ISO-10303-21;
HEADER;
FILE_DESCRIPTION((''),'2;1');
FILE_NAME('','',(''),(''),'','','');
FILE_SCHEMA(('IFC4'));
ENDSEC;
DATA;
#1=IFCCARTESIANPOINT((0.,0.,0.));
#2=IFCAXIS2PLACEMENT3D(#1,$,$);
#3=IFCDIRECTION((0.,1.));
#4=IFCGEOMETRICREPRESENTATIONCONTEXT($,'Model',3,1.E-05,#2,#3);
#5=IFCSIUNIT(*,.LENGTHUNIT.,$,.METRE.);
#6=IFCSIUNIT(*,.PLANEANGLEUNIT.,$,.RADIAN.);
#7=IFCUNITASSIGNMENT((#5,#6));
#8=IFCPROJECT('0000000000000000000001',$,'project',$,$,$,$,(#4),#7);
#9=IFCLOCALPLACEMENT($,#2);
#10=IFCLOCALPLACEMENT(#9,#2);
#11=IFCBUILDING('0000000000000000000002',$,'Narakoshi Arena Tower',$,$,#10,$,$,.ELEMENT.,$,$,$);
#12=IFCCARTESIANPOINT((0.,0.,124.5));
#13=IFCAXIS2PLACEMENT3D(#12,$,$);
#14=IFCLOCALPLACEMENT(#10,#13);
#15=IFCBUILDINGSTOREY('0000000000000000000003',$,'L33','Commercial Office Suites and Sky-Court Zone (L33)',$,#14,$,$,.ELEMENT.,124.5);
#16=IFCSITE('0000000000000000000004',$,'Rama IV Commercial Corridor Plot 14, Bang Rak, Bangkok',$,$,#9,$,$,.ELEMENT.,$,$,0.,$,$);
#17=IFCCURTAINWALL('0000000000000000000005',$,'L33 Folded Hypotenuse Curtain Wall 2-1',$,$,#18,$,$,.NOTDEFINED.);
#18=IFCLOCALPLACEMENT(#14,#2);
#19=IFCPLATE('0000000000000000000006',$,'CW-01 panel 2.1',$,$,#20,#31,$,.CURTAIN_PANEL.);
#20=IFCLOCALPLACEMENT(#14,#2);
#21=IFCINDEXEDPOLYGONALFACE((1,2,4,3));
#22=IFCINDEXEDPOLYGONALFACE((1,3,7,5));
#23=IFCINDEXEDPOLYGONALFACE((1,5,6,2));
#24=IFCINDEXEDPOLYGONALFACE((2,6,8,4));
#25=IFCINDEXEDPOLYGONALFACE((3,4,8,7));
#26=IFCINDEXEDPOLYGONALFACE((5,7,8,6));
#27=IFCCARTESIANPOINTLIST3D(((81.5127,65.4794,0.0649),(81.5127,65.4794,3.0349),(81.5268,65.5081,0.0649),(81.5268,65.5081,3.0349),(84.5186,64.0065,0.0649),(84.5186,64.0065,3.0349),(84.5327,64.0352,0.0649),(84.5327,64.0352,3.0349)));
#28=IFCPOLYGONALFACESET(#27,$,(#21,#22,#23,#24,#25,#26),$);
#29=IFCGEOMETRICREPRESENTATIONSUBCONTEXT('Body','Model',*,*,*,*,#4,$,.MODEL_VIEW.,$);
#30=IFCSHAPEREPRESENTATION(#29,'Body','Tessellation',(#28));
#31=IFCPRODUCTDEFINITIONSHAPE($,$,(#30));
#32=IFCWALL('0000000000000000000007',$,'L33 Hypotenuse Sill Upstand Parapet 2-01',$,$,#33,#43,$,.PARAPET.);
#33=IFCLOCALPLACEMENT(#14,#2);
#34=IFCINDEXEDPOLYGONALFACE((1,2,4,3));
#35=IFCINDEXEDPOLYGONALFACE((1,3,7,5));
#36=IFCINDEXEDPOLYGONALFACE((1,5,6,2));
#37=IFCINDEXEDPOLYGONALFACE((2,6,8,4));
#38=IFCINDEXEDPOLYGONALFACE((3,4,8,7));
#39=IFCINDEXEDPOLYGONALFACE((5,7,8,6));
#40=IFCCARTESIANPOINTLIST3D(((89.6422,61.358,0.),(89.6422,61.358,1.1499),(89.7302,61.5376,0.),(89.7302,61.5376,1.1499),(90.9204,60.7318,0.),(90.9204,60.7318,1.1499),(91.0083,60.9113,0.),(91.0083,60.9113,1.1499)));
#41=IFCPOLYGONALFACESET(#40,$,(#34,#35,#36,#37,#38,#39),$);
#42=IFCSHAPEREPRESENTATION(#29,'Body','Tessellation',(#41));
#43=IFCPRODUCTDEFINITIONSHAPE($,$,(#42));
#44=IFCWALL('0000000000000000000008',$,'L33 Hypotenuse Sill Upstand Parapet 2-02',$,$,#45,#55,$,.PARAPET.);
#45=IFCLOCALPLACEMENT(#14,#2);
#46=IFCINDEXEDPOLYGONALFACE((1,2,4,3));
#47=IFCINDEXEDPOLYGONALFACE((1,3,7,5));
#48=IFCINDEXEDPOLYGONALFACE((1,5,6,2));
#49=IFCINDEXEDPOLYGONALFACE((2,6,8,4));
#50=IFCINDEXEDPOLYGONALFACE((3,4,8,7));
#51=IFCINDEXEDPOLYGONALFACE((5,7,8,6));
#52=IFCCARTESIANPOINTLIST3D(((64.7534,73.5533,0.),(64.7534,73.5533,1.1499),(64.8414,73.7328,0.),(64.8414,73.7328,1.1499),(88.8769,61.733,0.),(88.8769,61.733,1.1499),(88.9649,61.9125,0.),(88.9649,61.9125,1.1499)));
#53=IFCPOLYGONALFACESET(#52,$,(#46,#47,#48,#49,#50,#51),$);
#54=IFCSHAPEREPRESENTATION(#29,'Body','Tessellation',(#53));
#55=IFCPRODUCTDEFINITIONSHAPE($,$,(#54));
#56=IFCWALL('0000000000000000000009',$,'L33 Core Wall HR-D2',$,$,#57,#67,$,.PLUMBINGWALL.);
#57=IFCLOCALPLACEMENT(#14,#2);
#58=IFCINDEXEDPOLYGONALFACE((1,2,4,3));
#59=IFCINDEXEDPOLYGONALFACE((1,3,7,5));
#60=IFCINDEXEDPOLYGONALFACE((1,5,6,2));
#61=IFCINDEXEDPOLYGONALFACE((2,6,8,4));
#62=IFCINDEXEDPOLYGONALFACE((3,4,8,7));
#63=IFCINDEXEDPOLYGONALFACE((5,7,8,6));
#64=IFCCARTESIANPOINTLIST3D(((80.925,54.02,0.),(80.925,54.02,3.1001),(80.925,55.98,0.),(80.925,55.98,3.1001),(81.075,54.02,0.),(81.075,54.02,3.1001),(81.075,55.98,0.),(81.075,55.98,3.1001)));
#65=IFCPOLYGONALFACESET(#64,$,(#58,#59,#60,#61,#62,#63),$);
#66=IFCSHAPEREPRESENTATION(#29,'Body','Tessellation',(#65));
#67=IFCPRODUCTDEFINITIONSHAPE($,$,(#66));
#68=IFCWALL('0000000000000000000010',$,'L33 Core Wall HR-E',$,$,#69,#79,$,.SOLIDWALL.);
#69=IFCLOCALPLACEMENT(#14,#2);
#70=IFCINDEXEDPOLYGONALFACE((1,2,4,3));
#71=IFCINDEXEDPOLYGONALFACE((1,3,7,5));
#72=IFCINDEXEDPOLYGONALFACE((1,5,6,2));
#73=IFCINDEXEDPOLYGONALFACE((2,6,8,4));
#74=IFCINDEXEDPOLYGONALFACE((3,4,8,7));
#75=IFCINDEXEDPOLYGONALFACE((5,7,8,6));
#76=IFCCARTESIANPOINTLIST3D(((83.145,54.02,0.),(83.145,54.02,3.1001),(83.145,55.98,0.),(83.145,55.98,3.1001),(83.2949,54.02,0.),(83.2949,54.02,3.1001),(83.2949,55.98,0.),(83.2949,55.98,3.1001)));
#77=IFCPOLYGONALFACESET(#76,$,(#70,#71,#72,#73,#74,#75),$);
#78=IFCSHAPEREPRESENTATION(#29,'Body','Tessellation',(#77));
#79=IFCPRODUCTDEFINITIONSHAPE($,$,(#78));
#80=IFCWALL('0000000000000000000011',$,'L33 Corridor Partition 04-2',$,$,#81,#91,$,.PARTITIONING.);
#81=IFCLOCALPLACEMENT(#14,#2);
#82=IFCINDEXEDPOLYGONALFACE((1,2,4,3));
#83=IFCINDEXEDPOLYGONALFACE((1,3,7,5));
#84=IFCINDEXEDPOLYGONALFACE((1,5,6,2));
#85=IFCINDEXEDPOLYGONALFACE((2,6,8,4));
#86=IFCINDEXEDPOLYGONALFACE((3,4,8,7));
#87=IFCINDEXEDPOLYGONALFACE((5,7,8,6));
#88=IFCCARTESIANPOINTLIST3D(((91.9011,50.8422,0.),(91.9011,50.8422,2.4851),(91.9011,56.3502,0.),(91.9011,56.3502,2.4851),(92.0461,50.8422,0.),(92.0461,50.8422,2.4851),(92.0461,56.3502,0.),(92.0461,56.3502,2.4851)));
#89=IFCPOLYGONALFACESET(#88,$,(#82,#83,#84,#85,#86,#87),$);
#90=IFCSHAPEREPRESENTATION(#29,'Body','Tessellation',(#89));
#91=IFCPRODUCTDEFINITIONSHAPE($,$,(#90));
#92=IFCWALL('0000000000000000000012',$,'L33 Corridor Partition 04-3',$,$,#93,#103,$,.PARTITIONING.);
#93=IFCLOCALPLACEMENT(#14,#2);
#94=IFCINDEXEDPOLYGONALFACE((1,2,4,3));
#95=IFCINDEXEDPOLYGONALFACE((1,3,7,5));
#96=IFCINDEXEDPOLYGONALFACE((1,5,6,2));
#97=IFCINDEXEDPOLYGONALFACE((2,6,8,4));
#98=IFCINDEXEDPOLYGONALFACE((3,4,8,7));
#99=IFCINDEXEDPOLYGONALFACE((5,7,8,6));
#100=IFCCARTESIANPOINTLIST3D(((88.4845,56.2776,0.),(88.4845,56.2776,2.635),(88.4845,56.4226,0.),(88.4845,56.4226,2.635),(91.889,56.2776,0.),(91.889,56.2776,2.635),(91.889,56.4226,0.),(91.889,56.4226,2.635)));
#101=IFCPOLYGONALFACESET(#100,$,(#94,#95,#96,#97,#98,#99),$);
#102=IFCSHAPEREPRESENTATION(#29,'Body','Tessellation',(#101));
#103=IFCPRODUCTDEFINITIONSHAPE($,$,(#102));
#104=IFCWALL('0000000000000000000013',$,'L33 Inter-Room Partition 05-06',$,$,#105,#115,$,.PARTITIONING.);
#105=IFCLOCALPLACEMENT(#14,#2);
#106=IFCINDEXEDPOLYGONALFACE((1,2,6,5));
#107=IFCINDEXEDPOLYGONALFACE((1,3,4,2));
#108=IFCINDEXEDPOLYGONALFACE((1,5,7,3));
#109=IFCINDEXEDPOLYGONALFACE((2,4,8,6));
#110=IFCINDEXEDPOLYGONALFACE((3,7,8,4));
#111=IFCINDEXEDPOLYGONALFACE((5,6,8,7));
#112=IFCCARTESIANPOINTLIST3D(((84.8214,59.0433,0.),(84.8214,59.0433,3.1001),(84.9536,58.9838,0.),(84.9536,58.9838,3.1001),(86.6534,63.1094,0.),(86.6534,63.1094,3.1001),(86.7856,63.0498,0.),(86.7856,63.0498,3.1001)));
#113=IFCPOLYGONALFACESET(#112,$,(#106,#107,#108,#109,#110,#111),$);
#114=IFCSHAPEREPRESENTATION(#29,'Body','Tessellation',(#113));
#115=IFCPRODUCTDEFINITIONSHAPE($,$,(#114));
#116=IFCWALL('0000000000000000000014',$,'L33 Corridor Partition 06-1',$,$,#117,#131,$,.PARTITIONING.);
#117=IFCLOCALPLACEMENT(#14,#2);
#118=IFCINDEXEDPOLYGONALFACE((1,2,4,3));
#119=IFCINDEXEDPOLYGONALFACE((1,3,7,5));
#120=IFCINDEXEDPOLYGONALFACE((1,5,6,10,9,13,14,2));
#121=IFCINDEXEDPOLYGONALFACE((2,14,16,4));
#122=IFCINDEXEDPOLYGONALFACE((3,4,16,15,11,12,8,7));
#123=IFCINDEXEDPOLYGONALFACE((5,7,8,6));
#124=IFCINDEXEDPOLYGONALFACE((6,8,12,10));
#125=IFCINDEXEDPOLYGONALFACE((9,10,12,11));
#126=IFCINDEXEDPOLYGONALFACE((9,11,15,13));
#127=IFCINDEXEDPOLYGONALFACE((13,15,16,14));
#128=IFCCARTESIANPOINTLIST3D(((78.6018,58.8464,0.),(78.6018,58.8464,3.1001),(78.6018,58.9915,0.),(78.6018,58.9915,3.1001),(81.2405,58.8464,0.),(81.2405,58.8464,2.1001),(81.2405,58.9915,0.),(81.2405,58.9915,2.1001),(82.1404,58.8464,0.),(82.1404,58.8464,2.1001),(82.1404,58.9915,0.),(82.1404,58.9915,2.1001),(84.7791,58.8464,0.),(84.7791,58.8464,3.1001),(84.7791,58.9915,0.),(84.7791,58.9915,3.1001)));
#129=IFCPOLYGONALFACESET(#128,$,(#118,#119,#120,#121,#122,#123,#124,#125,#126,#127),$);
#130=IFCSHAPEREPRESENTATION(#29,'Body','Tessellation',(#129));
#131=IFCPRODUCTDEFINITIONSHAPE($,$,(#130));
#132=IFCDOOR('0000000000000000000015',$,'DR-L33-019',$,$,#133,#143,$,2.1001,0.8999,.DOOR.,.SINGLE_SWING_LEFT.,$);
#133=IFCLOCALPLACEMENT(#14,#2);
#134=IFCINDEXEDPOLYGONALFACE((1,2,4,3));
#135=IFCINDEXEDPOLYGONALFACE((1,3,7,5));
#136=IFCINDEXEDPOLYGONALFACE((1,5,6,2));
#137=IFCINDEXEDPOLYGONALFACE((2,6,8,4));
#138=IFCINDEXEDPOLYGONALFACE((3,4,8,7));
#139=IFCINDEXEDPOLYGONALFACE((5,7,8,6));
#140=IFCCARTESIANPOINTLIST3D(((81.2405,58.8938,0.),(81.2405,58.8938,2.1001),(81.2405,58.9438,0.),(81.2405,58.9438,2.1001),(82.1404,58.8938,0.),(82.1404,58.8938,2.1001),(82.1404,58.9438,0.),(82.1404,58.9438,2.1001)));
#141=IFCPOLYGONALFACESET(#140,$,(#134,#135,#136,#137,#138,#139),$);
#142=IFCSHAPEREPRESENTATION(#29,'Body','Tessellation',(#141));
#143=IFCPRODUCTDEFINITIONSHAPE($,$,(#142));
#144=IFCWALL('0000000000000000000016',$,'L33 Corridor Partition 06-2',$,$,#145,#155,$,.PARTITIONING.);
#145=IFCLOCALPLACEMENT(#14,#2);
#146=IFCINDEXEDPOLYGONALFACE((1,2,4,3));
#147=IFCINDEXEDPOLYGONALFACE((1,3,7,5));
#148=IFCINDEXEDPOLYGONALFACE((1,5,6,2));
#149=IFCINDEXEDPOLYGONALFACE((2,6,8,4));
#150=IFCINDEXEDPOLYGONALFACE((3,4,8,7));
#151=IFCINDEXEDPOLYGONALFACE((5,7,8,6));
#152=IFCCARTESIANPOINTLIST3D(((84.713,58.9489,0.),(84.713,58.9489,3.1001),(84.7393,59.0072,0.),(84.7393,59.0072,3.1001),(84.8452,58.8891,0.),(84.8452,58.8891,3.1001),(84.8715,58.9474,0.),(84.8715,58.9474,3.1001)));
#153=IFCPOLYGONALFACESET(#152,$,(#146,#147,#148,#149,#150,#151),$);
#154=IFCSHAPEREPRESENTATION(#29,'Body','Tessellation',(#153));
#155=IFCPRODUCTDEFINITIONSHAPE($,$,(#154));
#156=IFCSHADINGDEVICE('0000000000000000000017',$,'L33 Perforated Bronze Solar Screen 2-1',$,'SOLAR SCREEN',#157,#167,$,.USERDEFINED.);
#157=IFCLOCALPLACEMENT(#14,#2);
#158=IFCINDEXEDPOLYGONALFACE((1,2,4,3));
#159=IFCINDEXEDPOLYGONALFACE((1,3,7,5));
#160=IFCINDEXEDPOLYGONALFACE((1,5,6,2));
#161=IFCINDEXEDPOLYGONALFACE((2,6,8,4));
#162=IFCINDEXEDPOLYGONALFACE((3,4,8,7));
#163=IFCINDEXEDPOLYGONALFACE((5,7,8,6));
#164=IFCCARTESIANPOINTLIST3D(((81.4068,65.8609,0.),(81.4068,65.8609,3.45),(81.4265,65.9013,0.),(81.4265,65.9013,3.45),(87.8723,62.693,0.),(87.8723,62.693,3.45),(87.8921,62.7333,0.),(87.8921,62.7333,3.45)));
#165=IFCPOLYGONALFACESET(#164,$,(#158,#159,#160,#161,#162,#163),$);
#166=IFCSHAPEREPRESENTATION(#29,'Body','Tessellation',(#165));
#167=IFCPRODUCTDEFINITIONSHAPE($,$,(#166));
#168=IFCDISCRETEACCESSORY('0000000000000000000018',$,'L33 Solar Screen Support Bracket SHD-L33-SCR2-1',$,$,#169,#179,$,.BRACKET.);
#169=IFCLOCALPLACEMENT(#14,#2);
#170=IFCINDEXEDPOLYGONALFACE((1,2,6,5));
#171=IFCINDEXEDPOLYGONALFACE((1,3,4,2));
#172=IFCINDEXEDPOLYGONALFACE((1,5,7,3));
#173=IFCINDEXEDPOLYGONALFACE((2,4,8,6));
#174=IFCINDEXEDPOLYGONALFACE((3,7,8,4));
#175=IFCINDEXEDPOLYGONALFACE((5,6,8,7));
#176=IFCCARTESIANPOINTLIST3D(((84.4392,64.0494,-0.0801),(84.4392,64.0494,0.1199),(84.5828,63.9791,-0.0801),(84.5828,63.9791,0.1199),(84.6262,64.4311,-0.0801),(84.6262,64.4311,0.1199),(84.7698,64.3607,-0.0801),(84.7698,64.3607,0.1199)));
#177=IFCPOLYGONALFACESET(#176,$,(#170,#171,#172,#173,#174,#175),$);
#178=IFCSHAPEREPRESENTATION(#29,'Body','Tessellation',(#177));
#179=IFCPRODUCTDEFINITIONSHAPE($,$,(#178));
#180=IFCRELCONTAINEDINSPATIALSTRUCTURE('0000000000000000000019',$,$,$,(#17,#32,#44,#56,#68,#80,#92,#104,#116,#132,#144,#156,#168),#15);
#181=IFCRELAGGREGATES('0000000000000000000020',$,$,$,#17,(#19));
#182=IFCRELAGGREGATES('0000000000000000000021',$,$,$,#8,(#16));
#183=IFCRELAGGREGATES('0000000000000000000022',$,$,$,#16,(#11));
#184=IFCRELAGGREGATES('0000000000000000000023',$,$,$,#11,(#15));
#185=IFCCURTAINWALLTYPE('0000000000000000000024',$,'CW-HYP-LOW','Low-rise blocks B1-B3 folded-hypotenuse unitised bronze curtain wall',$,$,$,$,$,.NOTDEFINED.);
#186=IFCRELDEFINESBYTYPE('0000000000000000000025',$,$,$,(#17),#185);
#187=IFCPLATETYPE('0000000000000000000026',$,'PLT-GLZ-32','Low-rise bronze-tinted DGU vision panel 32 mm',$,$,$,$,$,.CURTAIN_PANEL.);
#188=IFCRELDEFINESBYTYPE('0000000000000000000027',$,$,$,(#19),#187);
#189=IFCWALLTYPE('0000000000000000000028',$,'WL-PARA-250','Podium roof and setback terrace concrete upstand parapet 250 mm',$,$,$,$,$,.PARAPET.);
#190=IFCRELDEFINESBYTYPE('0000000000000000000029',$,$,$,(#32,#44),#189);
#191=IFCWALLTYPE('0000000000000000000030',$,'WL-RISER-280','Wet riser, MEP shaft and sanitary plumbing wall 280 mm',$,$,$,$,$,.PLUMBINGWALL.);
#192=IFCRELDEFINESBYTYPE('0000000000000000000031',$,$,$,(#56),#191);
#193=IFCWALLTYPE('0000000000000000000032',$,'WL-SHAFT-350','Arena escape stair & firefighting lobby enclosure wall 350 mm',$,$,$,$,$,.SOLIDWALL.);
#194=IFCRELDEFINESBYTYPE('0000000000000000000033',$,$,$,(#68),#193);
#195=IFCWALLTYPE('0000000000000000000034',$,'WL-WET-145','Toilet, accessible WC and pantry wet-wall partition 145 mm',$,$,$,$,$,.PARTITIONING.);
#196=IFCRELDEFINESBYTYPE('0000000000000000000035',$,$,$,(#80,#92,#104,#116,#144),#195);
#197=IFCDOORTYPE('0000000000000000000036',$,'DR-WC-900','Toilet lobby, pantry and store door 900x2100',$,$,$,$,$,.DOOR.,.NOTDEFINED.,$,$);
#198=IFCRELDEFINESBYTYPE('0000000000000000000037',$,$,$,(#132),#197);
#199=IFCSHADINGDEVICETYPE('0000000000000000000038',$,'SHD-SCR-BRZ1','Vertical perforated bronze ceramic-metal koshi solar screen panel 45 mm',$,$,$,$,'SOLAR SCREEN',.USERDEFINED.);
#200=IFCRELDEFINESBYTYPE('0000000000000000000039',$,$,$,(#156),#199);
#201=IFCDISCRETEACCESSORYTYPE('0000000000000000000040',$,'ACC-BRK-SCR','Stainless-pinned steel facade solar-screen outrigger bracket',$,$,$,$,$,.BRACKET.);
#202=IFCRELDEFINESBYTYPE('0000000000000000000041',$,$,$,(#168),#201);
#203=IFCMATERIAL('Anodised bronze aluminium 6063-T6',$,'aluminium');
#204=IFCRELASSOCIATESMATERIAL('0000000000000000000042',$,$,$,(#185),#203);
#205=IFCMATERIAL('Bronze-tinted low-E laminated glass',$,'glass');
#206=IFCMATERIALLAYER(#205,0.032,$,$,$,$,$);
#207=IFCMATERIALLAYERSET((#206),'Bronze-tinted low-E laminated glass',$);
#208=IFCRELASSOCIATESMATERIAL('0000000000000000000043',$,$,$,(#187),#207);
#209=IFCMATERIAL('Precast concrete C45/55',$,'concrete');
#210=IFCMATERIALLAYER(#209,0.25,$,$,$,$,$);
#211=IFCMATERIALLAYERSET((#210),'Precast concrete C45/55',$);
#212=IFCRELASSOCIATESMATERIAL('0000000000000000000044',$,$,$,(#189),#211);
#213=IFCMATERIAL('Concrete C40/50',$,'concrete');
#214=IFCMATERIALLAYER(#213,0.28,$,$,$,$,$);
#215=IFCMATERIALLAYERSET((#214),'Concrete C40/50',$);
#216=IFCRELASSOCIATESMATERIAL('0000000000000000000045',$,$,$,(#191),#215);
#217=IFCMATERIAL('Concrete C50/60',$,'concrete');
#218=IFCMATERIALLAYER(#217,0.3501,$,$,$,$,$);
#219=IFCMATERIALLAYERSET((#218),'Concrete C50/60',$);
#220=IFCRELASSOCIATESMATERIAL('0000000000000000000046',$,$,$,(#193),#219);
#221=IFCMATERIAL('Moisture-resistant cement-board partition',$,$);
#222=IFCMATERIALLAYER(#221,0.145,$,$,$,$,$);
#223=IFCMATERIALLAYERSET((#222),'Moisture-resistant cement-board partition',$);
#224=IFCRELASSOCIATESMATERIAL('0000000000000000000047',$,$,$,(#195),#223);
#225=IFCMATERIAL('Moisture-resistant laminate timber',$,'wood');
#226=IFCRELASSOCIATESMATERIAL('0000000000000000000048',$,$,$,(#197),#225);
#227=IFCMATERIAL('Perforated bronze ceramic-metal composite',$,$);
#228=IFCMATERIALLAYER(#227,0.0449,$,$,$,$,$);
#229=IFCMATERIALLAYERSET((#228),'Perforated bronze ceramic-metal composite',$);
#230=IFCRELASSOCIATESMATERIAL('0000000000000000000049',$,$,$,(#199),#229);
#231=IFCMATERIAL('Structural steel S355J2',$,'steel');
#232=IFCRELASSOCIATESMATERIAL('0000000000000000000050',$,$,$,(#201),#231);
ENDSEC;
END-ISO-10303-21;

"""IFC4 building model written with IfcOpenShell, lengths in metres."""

from ifc_helpers import new_model, si_unit, direction, frame, frame_2d, origin, origin_2d, place, context, subcontext, project, spatial, rectangle, extrude, material, layer, layer_set, type_object, element, fill, aggregate, save


model = new_model("IFC4")

# Units and contexts
model_context = context("Model", 3, precision=1e-05, world=origin(), true_north=direction((0.0, 1.0)))
body_context = subcontext(model_context, "Body", "Model", "MODEL_VIEW")
ifc_project = project(units=[si_unit("LENGTHUNIT", "METRE"), si_unit("PLANEANGLEUNIT", "RADIAN")], contexts=[model_context])

# Site, building, storey
site_placement = place(None, origin())
site = spatial("IfcSite", under=ifc_project, at=site_placement, Name="Rama IV Commercial Corridor Plot 14, Bang Rak, Bangkok", CompositionType="ELEMENT", RefElevation=0.0)
building_placement = place(site_placement, origin())
building = spatial("IfcBuilding", under=site, at=building_placement, Name="Narakoshi Arena Tower", CompositionType="ELEMENT")
storey_placement = place(building_placement, frame((0.0, 0.0, 124.5)))
storey = spatial("IfcBuildingStorey", under=building, at=storey_placement, Name="L33", Description="Commercial Office Suites and Sky-Court Zone (L33)", CompositionType="ELEMENT", Elevation=124.5)

# Shared definitions
ifc_material_1 = material(Name="Structural steel S355J2", Category="steel")

# Curtain wall, plate
ifc_material_2 = material(Name="Anodised bronze aluminium 6063-T6", Category="aluminium")
curtain_wall_type = type_object("IfcCurtainWallType", Name="CW-HYP-LOW", Description="Low-rise blocks B1-B3 folded-hypotenuse unitised bronze curtain wall", PredefinedType="NOTDEFINED", material=ifc_material_2)
curtain_wall_placement = place(storey_placement, origin())
curtain_wall = element("IfcCurtainWall", 1, at=curtain_wall_placement, inside=storey, type_object=curtain_wall_type, Name="L33 Folded Hypotenuse Curtain Wall 2-1", PredefinedType="NOTDEFINED")
ifc_material_3 = material(Name="Bronze-tinted low-E laminated glass", Category="glass")
ifc_layer_1 = layer(ifc_material_3, 0.032)
ifc_layer_set_1 = layer_set([ifc_layer_1], Name="Bronze-tinted low-E laminated glass")
plate_type = type_object("IfcPlateType", Name="PLT-GLZ-32", Description="Low-rise bronze-tinted DGU vision panel 32 mm", PredefinedType="CURTAIN_PANEL", material=ifc_layer_set_1)
plate_1_placement = place(storey_placement, frame((83.0227, 64.7573, 0.0649), z_axis=(0.0, 0.0, 1.0), x_axis=(-0.897996, 0.440005, 0.0)))
plate_1 = element("IfcPlate", 2, at=plate_1_placement, type_object=plate_type, Name="CW-01 panel 2.1", PredefinedType="CURTAIN_PANEL", context=body_context, shape_type="SweptSolid", body=[
    extrude(rectangle(XDim=3.3474, YDim=0.032, at=origin_2d()), origin(), (0.0, 0.0, 1.0), 2.97),
])
aggregate(curtain_wall, [plate_1])

# Walls
ifc_material_4 = material(Name="Precast concrete C45/55", Category="concrete")
ifc_layer_2 = layer(ifc_material_4, 0.25)
ifc_layer_set_2 = layer_set([ifc_layer_2], Name="Precast concrete C45/55")
wall_type_1 = type_object("IfcWallType", Name="WL-PARA-250", Description="Podium roof and setback terrace concrete upstand parapet 250 mm", PredefinedType="PARAPET", material=ifc_layer_set_2)
wall_1_placement = place(storey_placement, frame((90.9644, 60.8215, 0.0), z_axis=(0.0, 0.0, 1.0), x_axis=(-0.898, 0.439994, 0.0)))
element("IfcWall", 3, at=wall_1_placement, inside=storey, type_object=wall_type_1, Name="L33 Hypotenuse Sill Upstand Parapet 2-01", PredefinedType="PARAPET", context=body_context, shape_type="SweptSolid", body=[
    extrude(rectangle(XDim=1.4233, YDim=0.2, at=frame_2d((0.7117, 0.0))), origin(), (0.0, 0.0, 1.0), 1.1499),
])
wall_2_placement = place(storey_placement, frame((88.9209, 61.8228, 0.0), z_axis=(0.0, 0.0, 1.0), x_axis=(-0.897994, 0.440009, 0.0)))
element("IfcWall", 4, at=wall_2_placement, inside=storey, type_object=wall_type_1, Name="L33 Hypotenuse Sill Upstand Parapet 2-02", PredefinedType="PARAPET", context=body_context, shape_type="SweptSolid", body=[
    extrude(rectangle(XDim=26.8638, YDim=0.2, at=frame_2d((13.4319, 0.0))), origin(), (0.0, 0.0, 1.0), 1.1499),
])
ifc_material_5 = material(Name="Concrete C40/50", Category="concrete")
ifc_layer_3 = layer(ifc_material_5, 0.28)
ifc_layer_set_3 = layer_set([ifc_layer_3], Name="Concrete C40/50")
wall_type_2 = type_object("IfcWallType", Name="WL-RISER-280", Description="Wet riser, MEP shaft and sanitary plumbing wall 280 mm", PredefinedType="PLUMBINGWALL", material=ifc_layer_set_3)
wall_3_placement = place(storey_placement, frame((81.0, 54.02, 0.0), z_axis=(0.0, 0.0, 1.0), x_axis=(0.0, 1.0, 0.0)))
element("IfcWall", 5, at=wall_3_placement, inside=storey, type_object=wall_type_2, Name="L33 Core Wall HR-D2", PredefinedType="PLUMBINGWALL", context=body_context, shape_type="SweptSolid", body=[
    extrude(rectangle(XDim=1.96, YDim=0.1499, at=frame_2d((0.98, 0.0))), origin(), (0.0, 0.0, 1.0), 3.1001),
])
ifc_material_6 = material(Name="Concrete C50/60", Category="concrete")
ifc_layer_4 = layer(ifc_material_6, 0.3501)
ifc_layer_set_4 = layer_set([ifc_layer_4], Name="Concrete C50/60")
wall_type_3 = type_object("IfcWallType", Name="WL-SHAFT-350", Description="Arena escape stair & firefighting lobby enclosure wall 350 mm", PredefinedType="SOLIDWALL", material=ifc_layer_set_4)
wall_4_placement = place(storey_placement, frame((83.22, 54.02, 0.0), z_axis=(0.0, 0.0, 1.0), x_axis=(0.0, 1.0, 0.0)))
element("IfcWall", 6, at=wall_4_placement, inside=storey, type_object=wall_type_3, Name="L33 Core Wall HR-E", PredefinedType="SOLIDWALL", context=body_context, shape_type="SweptSolid", body=[
    extrude(rectangle(XDim=1.96, YDim=0.1499, at=frame_2d((0.98, 0.0))), origin(), (0.0, 0.0, 1.0), 3.1001),
])
ifc_material_7 = material(Name="Moisture-resistant cement-board partition")
ifc_layer_5 = layer(ifc_material_7, 0.145)
ifc_layer_set_5 = layer_set([ifc_layer_5], Name="Moisture-resistant cement-board partition")
wall_type_4 = type_object("IfcWallType", Name="WL-WET-145", Description="Toilet, accessible WC and pantry wet-wall partition 145 mm", PredefinedType="PARTITIONING", material=ifc_layer_set_5)
wall_5_placement = place(storey_placement, frame((91.9736, 56.3501, 0.0), z_axis=(0.0, 0.0, 1.0), x_axis=(0.0, -1.0, 0.0)))
element("IfcWall", 7, at=wall_5_placement, inside=storey, type_object=wall_type_4, Name="L33 Corridor Partition 04-2", PredefinedType="PARTITIONING", context=body_context, shape_type="SweptSolid", body=[
    extrude(rectangle(XDim=5.5081, YDim=0.145, at=frame_2d((2.7539, 0.0))), origin(), (0.0, 0.0, 1.0), 2.4851),
])
wall_6_placement = place(storey_placement, frame((88.4846, 56.3501, 0.0), z_axis=(0.0, 0.0, 1.0), x_axis=(1.0, 0.0, 0.0)))
element("IfcWall", 8, at=wall_6_placement, inside=storey, type_object=wall_type_4, Name="L33 Corridor Partition 04-3", PredefinedType="PARTITIONING", context=body_context, shape_type="SweptSolid", body=[
    extrude(rectangle(XDim=3.4045, YDim=0.145, at=frame_2d((1.7021, 0.0))), origin(), (0.0, 0.0, 1.0), 2.635),
])
wall_7_placement = place(storey_placement, frame((84.8875, 59.0134, 0.0), z_axis=(0.0, 0.0, 1.0), x_axis=(0.410786, 0.911732, 0.0)))
element("IfcWall", 9, at=wall_7_placement, inside=storey, type_object=wall_type_4, Name="L33 Inter-Room Partition 05-06", PredefinedType="PARTITIONING", context=body_context, shape_type="SweptSolid", body=[
    extrude(rectangle(XDim=4.4597, YDim=0.145, at=frame_2d((2.23, 0.0))), origin(), (0.0, 0.0, 1.0), 3.1001),
])

# Wall, opening, door
wall_8_placement = place(storey_placement, frame((84.7791, 58.9189, 0.0), z_axis=(0.0, 0.0, 1.0), x_axis=(-1.0, 0.0, 0.0)))
wall_8 = element("IfcWall", 10, at=wall_8_placement, inside=storey, type_object=wall_type_4, Name="L33 Corridor Partition 06-1", PredefinedType="PARTITIONING", context=body_context, shape_type="SweptSolid", body=[
    extrude(rectangle(XDim=6.1772, YDim=0.145, at=frame_2d((3.0886, 0.0))), origin(), (0.0, 0.0, 1.0), 3.1001),
])
opening_placement = place(wall_8_placement, frame((2.6387, 0.0, 0.0)))
opening = element("IfcOpeningElement", 11, at=opening_placement, cuts=wall_8, PredefinedType="OPENING", context=body_context, shape_type="SweptSolid", body=[
    extrude(rectangle(XDim=0.8999, YDim=2.1001, at=frame_2d((0.45, 1.05))), frame((0.0, 0.0825, 0.0), z_axis=(0.0, -1.0, 0.0), x_axis=(1.0, 0.0, 0.0)), (0.0, 0.0, 1.0), 0.165),
])
ifc_material_8 = material(Name="Moisture-resistant laminate timber", Category="wood")
door_type = type_object("IfcDoorType", Name="DR-WC-900", Description="Toilet lobby, pantry and store door 900x2100", OperationType="NOTDEFINED", PredefinedType="DOOR", material=ifc_material_8)
door_placement = place(opening_placement, frame((0.8999, 0.0, 0.0), z_axis=(0.0, 0.0, 1.0), x_axis=(-1.0, 0.0, 0.0)))
door = element("IfcDoor", 12, at=door_placement, inside=storey, type_object=door_type, Name="DR-L33-019", OperationType="SINGLE_SWING_LEFT", OverallHeight=2.1001, OverallWidth=0.8999, PredefinedType="DOOR", context=body_context, shape_type="SweptSolid", body=[
    extrude(rectangle(XDim=0.8999, YDim=2.1001, at=frame_2d((0.45, 1.05))), frame((0.0, 0.0249, 0.0), z_axis=(0.0, -1.0, 0.0), x_axis=(1.0, 0.0, 0.0)), (0.0, 0.0, 1.0), 0.05),
])
fill(opening, door)

# Wall
wall_9_placement = place(storey_placement, frame((84.8054, 58.9773, 0.0), z_axis=(0.0, 0.0, 1.0), x_axis=(-0.411791, -0.911278, 0.0)))
element("IfcWall", 13, at=wall_9_placement, inside=storey, type_object=wall_type_4, Name="L33 Corridor Partition 06-2", PredefinedType="PARTITIONING", context=body_context, shape_type="SweptSolid", body=[
    extrude(rectangle(XDim=0.064, YDim=0.145, at=frame_2d((0.032, 0.0))), origin(), (0.0, 0.0, 1.0), 3.1001),
])

# Shading device
ifc_material_9 = material(Name="Perforated bronze ceramic-metal composite")
ifc_layer_6 = layer(ifc_material_9, 0.0449)
ifc_layer_set_6 = layer_set([ifc_layer_6], Name="Perforated bronze ceramic-metal composite")
shading_device_type = type_object("IfcShadingDeviceType", Name="SHD-SCR-BRZ1", Description="Vertical perforated bronze ceramic-metal koshi solar screen panel 45 mm", ElementType="SOLAR SCREEN", PredefinedType="USERDEFINED", material=ifc_layer_set_6)
shading_device_placement = place(storey_placement, frame((84.6494, 64.2971, 0.0), z_axis=(0.0, 0.0, 1.0), x_axis=(-0.897997, 0.440002, 0.0)))
element("IfcShadingDevice", 14, at=shading_device_placement, inside=storey, type_object=shading_device_type, Name="L33 Perforated Bronze Solar Screen 2-1", ObjectType="SOLAR SCREEN", PredefinedType="USERDEFINED", context=body_context, shape_type="SweptSolid", body=[
    extrude(rectangle(XDim=7.2, YDim=0.0449, at=origin_2d()), origin(), (0.0, 0.0, 1.0), 3.45),
])

# Discrete accessory
discrete_accessory_type = type_object("IfcDiscreteAccessoryType", Name="ACC-BRK-SCR", Description="Stainless-pinned steel facade solar-screen outrigger bracket", PredefinedType="BRACKET", material=ifc_material_1)
discrete_accessory_placement = place(storey_placement, frame((84.6045, 64.2051, -0.0801), z_axis=(0.0, 0.0, 1.0), x_axis=(-0.897997, 0.440002, 0.0)))
element("IfcDiscreteAccessory", 15, at=discrete_accessory_placement, inside=storey, type_object=discrete_accessory_type, Name="L33 Solar Screen Support Bracket SHD-L33-SCR2-1", PredefinedType="BRACKET", context=body_context, shape_type="SweptSolid", body=[
    extrude(rectangle(XDim=0.1599, YDim=0.425, at=origin_2d()), origin(), (0.0, 0.0, 1.0), 0.2),
])

save(model, "model.ifc")
